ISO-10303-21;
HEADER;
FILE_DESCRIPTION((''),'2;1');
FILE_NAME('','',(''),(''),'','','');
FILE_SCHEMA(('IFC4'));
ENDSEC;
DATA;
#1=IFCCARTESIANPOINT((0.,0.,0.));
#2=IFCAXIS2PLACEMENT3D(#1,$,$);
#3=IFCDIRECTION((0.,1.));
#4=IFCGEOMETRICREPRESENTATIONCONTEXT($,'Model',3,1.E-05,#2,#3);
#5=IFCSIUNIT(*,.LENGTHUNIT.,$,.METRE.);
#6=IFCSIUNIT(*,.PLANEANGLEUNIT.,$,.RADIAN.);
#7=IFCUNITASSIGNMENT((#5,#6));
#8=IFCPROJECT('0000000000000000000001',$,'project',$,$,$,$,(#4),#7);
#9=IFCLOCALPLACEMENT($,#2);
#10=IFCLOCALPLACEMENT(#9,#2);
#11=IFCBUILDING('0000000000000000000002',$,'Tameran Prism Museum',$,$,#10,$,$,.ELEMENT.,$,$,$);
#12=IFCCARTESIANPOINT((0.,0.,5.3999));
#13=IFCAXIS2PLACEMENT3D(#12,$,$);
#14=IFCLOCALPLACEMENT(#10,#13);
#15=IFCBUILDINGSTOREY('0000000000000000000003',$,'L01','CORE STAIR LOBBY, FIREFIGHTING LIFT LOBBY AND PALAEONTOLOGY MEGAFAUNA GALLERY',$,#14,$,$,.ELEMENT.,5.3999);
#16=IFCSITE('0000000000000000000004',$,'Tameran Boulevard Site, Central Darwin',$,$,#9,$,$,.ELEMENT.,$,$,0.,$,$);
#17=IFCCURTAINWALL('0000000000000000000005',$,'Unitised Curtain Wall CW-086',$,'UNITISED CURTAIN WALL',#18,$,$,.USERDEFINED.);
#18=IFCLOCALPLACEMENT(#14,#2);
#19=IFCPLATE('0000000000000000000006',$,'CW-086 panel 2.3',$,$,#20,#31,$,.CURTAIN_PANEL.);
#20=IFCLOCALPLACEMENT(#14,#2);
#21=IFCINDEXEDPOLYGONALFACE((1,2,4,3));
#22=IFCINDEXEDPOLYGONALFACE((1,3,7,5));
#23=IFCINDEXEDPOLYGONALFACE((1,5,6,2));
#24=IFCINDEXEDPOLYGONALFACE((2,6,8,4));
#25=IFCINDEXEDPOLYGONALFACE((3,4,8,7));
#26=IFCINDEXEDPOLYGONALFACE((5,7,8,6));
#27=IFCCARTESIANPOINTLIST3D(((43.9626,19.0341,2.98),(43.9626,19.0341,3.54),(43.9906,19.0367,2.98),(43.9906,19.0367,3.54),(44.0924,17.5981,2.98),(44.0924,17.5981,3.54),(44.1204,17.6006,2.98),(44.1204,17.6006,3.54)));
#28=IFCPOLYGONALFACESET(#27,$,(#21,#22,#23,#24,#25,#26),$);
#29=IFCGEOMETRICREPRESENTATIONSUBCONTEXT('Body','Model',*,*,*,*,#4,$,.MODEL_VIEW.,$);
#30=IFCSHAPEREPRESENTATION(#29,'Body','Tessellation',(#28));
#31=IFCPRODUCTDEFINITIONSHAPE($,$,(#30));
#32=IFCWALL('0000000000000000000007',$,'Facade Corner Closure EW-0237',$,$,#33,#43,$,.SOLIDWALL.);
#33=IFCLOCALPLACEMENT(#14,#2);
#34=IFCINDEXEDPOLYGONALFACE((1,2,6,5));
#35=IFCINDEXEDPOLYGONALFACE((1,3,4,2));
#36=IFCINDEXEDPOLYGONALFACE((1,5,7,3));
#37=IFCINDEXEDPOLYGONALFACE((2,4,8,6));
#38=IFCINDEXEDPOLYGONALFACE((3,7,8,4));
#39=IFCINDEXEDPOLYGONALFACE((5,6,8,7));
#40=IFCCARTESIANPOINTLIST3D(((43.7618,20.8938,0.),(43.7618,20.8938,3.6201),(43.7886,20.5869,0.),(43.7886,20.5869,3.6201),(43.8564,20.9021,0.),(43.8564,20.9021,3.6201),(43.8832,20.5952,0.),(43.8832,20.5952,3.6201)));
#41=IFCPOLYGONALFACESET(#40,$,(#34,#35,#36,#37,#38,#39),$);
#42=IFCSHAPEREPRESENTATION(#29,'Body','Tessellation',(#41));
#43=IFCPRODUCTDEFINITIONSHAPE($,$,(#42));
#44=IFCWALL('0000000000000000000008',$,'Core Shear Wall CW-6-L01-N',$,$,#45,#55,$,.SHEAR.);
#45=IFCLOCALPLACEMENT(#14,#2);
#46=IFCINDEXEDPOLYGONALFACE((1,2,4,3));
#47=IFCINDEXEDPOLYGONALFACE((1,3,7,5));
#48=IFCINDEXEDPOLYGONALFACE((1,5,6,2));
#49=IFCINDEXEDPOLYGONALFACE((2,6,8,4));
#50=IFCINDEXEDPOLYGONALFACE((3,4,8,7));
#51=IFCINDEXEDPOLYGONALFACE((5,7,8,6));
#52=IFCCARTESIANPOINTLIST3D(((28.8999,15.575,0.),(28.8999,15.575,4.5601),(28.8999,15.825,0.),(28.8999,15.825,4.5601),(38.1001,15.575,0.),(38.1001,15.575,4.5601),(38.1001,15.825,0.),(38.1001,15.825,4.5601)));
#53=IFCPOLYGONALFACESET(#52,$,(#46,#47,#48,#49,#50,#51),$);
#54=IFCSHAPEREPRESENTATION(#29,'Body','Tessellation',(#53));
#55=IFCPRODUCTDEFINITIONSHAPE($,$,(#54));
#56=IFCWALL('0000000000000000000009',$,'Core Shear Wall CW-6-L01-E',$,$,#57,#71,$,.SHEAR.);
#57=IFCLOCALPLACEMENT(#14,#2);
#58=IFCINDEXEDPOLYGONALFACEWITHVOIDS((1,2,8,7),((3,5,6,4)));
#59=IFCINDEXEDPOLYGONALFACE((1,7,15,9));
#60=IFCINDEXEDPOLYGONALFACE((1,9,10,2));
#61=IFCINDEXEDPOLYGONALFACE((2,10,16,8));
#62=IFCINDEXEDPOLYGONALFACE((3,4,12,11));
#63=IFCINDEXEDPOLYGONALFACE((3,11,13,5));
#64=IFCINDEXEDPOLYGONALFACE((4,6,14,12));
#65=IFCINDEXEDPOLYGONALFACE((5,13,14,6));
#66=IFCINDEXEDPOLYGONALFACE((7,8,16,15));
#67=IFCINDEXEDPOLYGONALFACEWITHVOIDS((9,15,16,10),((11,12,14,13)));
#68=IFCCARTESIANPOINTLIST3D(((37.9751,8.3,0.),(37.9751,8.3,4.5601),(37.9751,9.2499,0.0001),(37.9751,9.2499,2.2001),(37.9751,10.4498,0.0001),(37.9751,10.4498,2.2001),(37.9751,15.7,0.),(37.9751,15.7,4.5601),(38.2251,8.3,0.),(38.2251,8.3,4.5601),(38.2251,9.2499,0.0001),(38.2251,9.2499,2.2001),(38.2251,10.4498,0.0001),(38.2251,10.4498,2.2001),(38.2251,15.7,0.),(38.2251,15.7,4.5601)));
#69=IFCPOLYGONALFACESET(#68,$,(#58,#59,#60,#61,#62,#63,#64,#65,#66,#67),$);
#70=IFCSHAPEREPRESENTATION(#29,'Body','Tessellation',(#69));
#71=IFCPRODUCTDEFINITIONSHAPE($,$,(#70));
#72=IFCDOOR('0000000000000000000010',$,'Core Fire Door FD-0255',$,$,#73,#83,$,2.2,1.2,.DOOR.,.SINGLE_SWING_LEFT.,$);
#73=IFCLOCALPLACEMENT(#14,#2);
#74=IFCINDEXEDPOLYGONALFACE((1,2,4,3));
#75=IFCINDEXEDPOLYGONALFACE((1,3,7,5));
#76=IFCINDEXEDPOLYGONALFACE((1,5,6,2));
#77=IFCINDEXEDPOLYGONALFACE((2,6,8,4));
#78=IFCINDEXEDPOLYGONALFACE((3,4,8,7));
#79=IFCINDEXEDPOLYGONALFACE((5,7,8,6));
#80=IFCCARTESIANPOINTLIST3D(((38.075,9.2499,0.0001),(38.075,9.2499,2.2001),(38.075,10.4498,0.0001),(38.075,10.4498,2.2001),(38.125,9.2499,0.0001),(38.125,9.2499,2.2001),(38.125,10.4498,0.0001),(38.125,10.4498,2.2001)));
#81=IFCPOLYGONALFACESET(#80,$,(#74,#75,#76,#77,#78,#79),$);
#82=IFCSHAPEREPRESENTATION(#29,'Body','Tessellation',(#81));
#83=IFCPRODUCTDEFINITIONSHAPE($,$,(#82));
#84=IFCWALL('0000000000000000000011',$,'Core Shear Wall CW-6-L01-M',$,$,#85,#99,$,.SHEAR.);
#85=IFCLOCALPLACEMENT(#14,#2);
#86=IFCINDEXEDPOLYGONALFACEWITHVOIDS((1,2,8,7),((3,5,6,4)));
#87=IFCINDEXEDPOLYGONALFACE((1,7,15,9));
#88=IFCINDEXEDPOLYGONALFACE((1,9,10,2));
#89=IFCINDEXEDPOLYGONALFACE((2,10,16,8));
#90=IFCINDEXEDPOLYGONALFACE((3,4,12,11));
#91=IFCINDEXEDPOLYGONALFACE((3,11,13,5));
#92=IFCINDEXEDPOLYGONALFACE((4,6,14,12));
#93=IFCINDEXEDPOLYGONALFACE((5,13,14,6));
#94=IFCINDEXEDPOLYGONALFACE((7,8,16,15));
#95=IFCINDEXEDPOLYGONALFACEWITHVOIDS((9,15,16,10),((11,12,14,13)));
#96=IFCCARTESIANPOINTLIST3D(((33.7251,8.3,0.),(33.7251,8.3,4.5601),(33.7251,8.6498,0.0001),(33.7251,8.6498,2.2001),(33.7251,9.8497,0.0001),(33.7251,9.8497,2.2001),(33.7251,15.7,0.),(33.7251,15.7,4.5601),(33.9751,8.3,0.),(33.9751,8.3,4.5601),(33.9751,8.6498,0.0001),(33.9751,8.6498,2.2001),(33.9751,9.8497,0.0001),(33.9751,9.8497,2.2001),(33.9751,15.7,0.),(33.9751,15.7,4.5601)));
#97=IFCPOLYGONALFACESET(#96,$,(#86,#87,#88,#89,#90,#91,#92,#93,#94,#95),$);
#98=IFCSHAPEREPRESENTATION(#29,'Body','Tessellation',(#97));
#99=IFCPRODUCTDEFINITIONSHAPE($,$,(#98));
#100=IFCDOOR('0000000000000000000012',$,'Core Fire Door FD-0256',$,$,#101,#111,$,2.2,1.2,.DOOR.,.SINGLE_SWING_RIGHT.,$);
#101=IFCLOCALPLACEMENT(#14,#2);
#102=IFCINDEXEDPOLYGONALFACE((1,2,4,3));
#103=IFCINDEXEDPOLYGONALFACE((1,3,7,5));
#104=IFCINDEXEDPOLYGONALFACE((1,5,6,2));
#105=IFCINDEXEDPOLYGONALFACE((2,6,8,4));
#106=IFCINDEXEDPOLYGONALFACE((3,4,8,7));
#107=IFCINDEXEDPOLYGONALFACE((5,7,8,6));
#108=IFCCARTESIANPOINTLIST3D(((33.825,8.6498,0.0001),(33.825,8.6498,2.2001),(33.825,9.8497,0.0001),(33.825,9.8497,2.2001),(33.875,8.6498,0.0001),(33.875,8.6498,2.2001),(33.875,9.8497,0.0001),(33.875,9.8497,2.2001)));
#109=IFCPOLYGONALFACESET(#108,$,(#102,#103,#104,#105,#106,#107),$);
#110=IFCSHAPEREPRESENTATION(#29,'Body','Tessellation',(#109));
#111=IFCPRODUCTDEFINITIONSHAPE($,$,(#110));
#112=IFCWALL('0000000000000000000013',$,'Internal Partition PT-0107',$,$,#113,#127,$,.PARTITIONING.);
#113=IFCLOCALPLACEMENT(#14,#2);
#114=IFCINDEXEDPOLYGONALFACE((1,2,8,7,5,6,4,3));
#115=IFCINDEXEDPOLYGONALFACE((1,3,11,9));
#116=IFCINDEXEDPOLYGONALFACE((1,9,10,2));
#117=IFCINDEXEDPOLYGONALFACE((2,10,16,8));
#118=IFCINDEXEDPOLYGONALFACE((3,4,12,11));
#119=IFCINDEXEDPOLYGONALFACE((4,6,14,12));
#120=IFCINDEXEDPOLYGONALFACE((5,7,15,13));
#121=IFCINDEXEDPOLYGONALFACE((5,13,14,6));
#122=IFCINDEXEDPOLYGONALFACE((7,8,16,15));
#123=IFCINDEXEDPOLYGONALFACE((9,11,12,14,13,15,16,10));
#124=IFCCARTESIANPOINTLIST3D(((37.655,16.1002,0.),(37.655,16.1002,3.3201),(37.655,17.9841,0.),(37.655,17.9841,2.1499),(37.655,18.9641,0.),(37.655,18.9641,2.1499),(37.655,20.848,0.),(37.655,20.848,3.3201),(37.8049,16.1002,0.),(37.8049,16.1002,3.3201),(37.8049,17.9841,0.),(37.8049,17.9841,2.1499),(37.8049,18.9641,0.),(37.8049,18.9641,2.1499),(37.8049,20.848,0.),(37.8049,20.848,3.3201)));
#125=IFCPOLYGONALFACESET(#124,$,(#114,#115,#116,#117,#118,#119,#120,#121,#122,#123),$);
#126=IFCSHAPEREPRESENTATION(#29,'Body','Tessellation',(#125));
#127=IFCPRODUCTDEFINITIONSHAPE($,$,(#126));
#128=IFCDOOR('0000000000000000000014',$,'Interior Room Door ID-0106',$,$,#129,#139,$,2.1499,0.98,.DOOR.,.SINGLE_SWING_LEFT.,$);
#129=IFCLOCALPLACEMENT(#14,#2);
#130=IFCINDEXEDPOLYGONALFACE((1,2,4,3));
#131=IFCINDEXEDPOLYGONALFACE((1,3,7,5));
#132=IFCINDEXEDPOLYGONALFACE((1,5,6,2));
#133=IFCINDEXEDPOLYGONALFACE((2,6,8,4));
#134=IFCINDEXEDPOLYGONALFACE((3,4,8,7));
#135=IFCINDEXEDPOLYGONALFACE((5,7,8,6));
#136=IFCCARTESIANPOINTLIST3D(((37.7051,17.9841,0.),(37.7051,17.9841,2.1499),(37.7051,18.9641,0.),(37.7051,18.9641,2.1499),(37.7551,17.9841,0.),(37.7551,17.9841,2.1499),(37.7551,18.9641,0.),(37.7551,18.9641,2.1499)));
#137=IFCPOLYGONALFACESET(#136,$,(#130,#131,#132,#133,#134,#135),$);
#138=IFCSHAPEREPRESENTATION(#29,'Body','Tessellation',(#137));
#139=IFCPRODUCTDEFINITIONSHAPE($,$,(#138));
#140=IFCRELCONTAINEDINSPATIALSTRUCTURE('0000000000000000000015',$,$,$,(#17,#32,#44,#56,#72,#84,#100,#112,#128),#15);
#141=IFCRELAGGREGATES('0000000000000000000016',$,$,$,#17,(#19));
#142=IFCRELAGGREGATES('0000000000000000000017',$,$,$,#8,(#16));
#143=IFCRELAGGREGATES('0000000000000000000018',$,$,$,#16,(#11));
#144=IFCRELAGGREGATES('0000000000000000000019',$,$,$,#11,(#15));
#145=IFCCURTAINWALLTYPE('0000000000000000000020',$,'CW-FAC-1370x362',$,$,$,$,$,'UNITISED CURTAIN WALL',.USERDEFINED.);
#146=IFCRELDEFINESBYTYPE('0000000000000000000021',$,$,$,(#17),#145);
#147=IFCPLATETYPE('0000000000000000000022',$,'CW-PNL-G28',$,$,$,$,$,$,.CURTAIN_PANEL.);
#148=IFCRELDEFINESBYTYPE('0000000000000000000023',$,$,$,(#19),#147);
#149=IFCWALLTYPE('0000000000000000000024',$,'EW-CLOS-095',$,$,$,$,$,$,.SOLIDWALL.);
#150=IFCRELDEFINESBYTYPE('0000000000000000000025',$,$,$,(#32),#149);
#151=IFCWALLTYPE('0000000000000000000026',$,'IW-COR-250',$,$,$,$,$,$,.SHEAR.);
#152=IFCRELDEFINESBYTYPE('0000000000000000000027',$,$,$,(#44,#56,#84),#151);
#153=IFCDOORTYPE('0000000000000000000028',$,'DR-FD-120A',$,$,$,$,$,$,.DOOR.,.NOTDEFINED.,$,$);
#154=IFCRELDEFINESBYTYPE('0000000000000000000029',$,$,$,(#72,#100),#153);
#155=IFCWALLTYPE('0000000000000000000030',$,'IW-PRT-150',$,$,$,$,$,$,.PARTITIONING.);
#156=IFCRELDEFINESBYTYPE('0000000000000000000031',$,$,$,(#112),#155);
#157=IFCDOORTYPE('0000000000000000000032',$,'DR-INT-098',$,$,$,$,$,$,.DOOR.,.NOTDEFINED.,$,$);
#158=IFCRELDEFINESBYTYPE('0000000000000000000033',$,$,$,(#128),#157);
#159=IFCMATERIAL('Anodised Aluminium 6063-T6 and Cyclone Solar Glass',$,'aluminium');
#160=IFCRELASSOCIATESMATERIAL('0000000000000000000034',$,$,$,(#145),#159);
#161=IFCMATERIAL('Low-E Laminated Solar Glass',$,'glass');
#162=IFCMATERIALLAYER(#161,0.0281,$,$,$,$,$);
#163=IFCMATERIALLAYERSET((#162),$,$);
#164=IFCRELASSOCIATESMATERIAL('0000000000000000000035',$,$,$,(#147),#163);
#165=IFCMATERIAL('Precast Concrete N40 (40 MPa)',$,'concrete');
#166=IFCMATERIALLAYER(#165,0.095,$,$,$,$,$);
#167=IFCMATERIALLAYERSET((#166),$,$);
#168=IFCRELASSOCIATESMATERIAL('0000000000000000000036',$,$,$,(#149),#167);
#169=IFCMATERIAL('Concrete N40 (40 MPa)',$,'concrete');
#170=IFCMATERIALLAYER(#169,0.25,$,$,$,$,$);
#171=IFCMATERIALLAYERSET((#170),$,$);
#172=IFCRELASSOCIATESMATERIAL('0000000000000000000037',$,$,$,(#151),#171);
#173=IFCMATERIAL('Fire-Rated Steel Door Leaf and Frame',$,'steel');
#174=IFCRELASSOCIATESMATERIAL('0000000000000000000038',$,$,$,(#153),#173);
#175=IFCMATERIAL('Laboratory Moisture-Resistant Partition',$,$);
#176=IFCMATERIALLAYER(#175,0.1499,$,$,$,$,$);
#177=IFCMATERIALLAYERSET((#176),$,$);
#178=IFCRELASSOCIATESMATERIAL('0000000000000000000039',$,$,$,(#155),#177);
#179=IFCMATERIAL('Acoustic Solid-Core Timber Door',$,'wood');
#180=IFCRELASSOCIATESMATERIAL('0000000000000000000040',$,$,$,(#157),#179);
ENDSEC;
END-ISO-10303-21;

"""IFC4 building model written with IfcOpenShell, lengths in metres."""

from ifc_helpers import new_model, si_unit, direction, frame, frame_2d, origin, origin_2d, place, context, subcontext, project, spatial, rectangle, extrude, material, layer, layer_set, type_object, element, fill, aggregate, save


model = new_model("IFC4")

# Units and contexts
model_context = context("Model", 3, precision=1e-05, world=origin(), true_north=direction((0.0, 1.0)))
body_context = subcontext(model_context, "Body", "Model", "MODEL_VIEW")
ifc_project = project(units=[si_unit("LENGTHUNIT", "METRE"), si_unit("PLANEANGLEUNIT", "RADIAN")], contexts=[model_context])

# Site, building, storey
site_placement = place(None, origin())
site = spatial("IfcSite", under=ifc_project, at=site_placement, Name="Tameran Boulevard Site, Central Darwin", CompositionType="ELEMENT", RefElevation=0.0)
building_placement = place(site_placement, origin())
building = spatial("IfcBuilding", under=site, at=building_placement, Name="Tameran Prism Museum", CompositionType="ELEMENT")
storey_placement = place(building_placement, frame((0.0, 0.0, 5.3999)))
storey = spatial("IfcBuildingStorey", under=building, at=storey_placement, Name="L01", Description="CORE STAIR LOBBY, FIREFIGHTING LIFT LOBBY AND PALAEONTOLOGY MEGAFAUNA GALLERY", CompositionType="ELEMENT", Elevation=5.3999)

# Curtain wall, plate
ifc_material_1 = material(Name="Anodised Aluminium 6063-T6 and Cyclone Solar Glass", Category="aluminium")
curtain_wall_type = type_object("IfcCurtainWallType", Name="CW-FAC-1370x362", ElementType="UNITISED CURTAIN WALL", PredefinedType="USERDEFINED", material=ifc_material_1)
curtain_wall_placement = place(storey_placement, origin())
curtain_wall = element("IfcCurtainWall", 1, at=curtain_wall_placement, inside=storey, type_object=curtain_wall_type, Name="Unitised Curtain Wall CW-086", ObjectType="UNITISED CURTAIN WALL", PredefinedType="USERDEFINED")
ifc_material_2 = material(Name="Low-E Laminated Solar Glass", Category="glass")
ifc_layer_1 = layer(ifc_material_2, 0.0281)
ifc_layer_set_1 = layer_set([ifc_layer_1])
plate_type = type_object("IfcPlateType", Name="CW-PNL-G28", PredefinedType="CURTAIN_PANEL", material=ifc_layer_set_1)
plate_1_placement = place(storey_placement, frame((44.0415, 18.3174, 2.98), z_axis=(0.0, 0.0, 1.0), x_axis=(0.090016, -0.99594, 0.0)))
plate_1 = element("IfcPlate", 2, at=plate_1_placement, type_object=plate_type, Name="CW-086 panel 2.3", PredefinedType="CURTAIN_PANEL", context=body_context, shape_type="SweptSolid", body=[
    extrude(rectangle(XDim=1.4419, YDim=0.0281, at=origin_2d()), origin(), (0.0, 0.0, 1.0), 0.5601),
])
aggregate(curtain_wall, [plate_1])

# Walls
ifc_material_3 = material(Name="Precast Concrete N40 (40 MPa)", Category="concrete")
ifc_layer_2 = layer(ifc_material_3, 0.095)
ifc_layer_set_2 = layer_set([ifc_layer_2])
wall_type_1 = type_object("IfcWallType", Name="EW-CLOS-095", PredefinedType="SOLIDWALL", material=ifc_layer_set_2)
wall_1_placement = place(storey_placement, frame((43.8091, 20.8979, 0.0), z_axis=(0.0, 0.0, 1.0), x_axis=(0.087177, -0.996193, 0.0)))
element("IfcWall", 3, at=wall_1_placement, inside=storey, type_object=wall_type_1, Name="Facade Corner Closure EW-0237", PredefinedType="SOLIDWALL", context=body_context, shape_type="SweptSolid", body=[
    extrude(rectangle(XDim=0.3081, YDim=0.095, at=frame_2d((0.1541, 0.0))), origin(), (0.0, 0.0, 1.0), 3.6201),
])
ifc_material_4 = material(Name="Concrete N40 (40 MPa)", Category="concrete")
ifc_layer_3 = layer(ifc_material_4, 0.25)
ifc_layer_set_3 = layer_set([ifc_layer_3])
wall_type_2 = type_object("IfcWallType", Name="IW-COR-250", PredefinedType="SHEAR", material=ifc_layer_set_3)
wall_2_placement = place(storey_placement, frame((28.8999, 15.7, 0.0), z_axis=(0.0, 0.0, 1.0), x_axis=(1.0, 0.0, 0.0)))
element("IfcWall", 4, at=wall_2_placement, inside=storey, type_object=wall_type_2, Name="Core Shear Wall CW-6-L01-N", PredefinedType="SHEAR", context=body_context, shape_type="SweptSolid", body=[
    extrude(rectangle(XDim=9.2002, YDim=0.25, at=frame_2d((4.6001, 0.0))), origin(), (0.0, 0.0, 1.0), 4.5601),
])

# Walls, openings, doors
wall_3_placement = place(storey_placement, frame((38.1001, 15.7, 0.0), z_axis=(0.0, 0.0, 1.0), x_axis=(0.0, -1.0, 0.0)))
wall_3 = element("IfcWall", 5, at=wall_3_placement, inside=storey, type_object=wall_type_2, Name="Core Shear Wall CW-6-L01-E", PredefinedType="SHEAR", context=body_context, shape_type="SweptSolid", body=[
    extrude(rectangle(XDim=7.3999, YDim=0.25, at=frame_2d((3.7, 0.0))), origin(), (0.0, 0.0, 1.0), 4.5601),
])
opening_1_placement = place(wall_3_placement, frame((5.25, 0.0, 0.0)))
opening_1 = element("IfcOpeningElement", 6, at=opening_1_placement, cuts=wall_3, PredefinedType="OPENING", context=body_context, shape_type="SweptSolid", body=[
    extrude(rectangle(XDim=1.2, YDim=2.2, at=frame_2d((0.6001, 1.1001))), frame((0.0, 0.135, 0.0), z_axis=(0.0, -1.0, 0.0), x_axis=(1.0, 0.0, 0.0)), (0.0, 0.0, 1.0), 0.27),
])
ifc_material_5 = material(Name="Fire-Rated Steel Door Leaf and Frame", Category="steel")
door_type_1 = type_object("IfcDoorType", Name="DR-FD-120A", OperationType="NOTDEFINED", PredefinedType="DOOR", material=ifc_material_5)
door_1_placement = place(opening_1_placement, origin())
door_1 = element("IfcDoor", 7, at=door_1_placement, inside=storey, type_object=door_type_1, Name="Core Fire Door FD-0255", OperationType="SINGLE_SWING_LEFT", OverallHeight=2.2, OverallWidth=1.2, PredefinedType="DOOR", context=body_context, shape_type="SweptSolid", body=[
    extrude(rectangle(XDim=1.2, YDim=2.2, at=frame_2d((0.6001, 1.1001))), frame((0.0, 0.0249, 0.0), z_axis=(0.0, -1.0, 0.0), x_axis=(1.0, 0.0, 0.0)), (0.0, 0.0, 1.0), 0.05),
])
fill(opening_1, door_1)
wall_4_placement = place(storey_placement, frame((33.8501, 15.7, 0.0), z_axis=(0.0, 0.0, 1.0), x_axis=(0.0, -1.0, 0.0)))
wall_4 = element("IfcWall", 8, at=wall_4_placement, inside=storey, type_object=wall_type_2, Name="Core Shear Wall CW-6-L01-M", PredefinedType="SHEAR", context=body_context, shape_type="SweptSolid", body=[
    extrude(rectangle(XDim=7.3999, YDim=0.25, at=frame_2d((3.7, 0.0))), origin(), (0.0, 0.0, 1.0), 4.5601),
])
opening_2_placement = place(wall_4_placement, frame((5.8501, 0.0, 0.0)))
opening_2 = element("IfcOpeningElement", 9, at=opening_2_placement, cuts=wall_4, PredefinedType="OPENING", context=body_context, shape_type="SweptSolid", body=[
    extrude(rectangle(XDim=1.2, YDim=2.2, at=frame_2d((0.6001, 1.1001))), frame((0.0, 0.135, 0.0), z_axis=(0.0, -1.0, 0.0), x_axis=(1.0, 0.0, 0.0)), (0.0, 0.0, 1.0), 0.27),
])
door_2_placement = place(opening_2_placement, origin())
door_2 = element("IfcDoor", 10, at=door_2_placement, inside=storey, type_object=door_type_1, Name="Core Fire Door FD-0256", OperationType="SINGLE_SWING_RIGHT", OverallHeight=2.2, OverallWidth=1.2, PredefinedType="DOOR", context=body_context, shape_type="SweptSolid", body=[
    extrude(rectangle(XDim=1.2, YDim=2.2, at=frame_2d((0.6001, 1.1001))), frame((0.0, 0.0249, 0.0), z_axis=(0.0, -1.0, 0.0), x_axis=(1.0, 0.0, 0.0)), (0.0, 0.0, 1.0), 0.05),
])
fill(opening_2, door_2)
ifc_material_6 = material(Name="Laboratory Moisture-Resistant Partition")
ifc_layer_4 = layer(ifc_material_6, 0.1499)
ifc_layer_set_4 = layer_set([ifc_layer_4])
wall_type_3 = type_object("IfcWallType", Name="IW-PRT-150", PredefinedType="PARTITIONING", material=ifc_layer_set_4)
wall_5_placement = place(storey_placement, frame((37.73, 16.1001, 0.0), z_axis=(0.0, 0.0, 1.0), x_axis=(0.0, 1.0, 0.0)))
wall_5 = element("IfcWall", 11, at=wall_5_placement, inside=storey, type_object=wall_type_3, Name="Internal Partition PT-0107", PredefinedType="PARTITIONING", context=body_context, shape_type="SweptSolid", body=[
    extrude(rectangle(XDim=4.7478, YDim=0.1499, at=frame_2d((2.374, 0.0))), origin(), (0.0, 0.0, 1.0), 3.3201),
])
opening_3_placement = place(wall_5_placement, frame((1.884, 0.0, 0.0)))
opening_3 = element("IfcOpeningElement", 12, at=opening_3_placement, cuts=wall_5, PredefinedType="OPENING", context=body_context, shape_type="SweptSolid", body=[
    extrude(rectangle(XDim=0.98, YDim=2.1499, at=frame_2d((0.49, 1.075))), frame((0.0, 0.085, 0.0), z_axis=(0.0, -1.0, 0.0), x_axis=(1.0, 0.0, 0.0)), (0.0, 0.0, 1.0), 0.1699),
])
ifc_material_7 = material(Name="Acoustic Solid-Core Timber Door", Category="wood")
door_type_2 = type_object("IfcDoorType", Name="DR-INT-098", OperationType="NOTDEFINED", PredefinedType="DOOR", material=ifc_material_7)
door_3_placement = place(opening_3_placement, origin())
door_3 = element("IfcDoor", 13, at=door_3_placement, inside=storey, type_object=door_type_2, Name="Interior Room Door ID-0106", OperationType="SINGLE_SWING_LEFT", OverallHeight=2.1499, OverallWidth=0.98, PredefinedType="DOOR", context=body_context, shape_type="SweptSolid", body=[
    extrude(rectangle(XDim=0.98, YDim=2.1499, at=frame_2d((0.49, 1.075))), frame((0.0, 0.0249, 0.0), z_axis=(0.0, -1.0, 0.0), x_axis=(1.0, 0.0, 0.0)), (0.0, 0.0, 1.0), 0.05),
])
fill(opening_3, door_3)

save(model, "model.ifc")
